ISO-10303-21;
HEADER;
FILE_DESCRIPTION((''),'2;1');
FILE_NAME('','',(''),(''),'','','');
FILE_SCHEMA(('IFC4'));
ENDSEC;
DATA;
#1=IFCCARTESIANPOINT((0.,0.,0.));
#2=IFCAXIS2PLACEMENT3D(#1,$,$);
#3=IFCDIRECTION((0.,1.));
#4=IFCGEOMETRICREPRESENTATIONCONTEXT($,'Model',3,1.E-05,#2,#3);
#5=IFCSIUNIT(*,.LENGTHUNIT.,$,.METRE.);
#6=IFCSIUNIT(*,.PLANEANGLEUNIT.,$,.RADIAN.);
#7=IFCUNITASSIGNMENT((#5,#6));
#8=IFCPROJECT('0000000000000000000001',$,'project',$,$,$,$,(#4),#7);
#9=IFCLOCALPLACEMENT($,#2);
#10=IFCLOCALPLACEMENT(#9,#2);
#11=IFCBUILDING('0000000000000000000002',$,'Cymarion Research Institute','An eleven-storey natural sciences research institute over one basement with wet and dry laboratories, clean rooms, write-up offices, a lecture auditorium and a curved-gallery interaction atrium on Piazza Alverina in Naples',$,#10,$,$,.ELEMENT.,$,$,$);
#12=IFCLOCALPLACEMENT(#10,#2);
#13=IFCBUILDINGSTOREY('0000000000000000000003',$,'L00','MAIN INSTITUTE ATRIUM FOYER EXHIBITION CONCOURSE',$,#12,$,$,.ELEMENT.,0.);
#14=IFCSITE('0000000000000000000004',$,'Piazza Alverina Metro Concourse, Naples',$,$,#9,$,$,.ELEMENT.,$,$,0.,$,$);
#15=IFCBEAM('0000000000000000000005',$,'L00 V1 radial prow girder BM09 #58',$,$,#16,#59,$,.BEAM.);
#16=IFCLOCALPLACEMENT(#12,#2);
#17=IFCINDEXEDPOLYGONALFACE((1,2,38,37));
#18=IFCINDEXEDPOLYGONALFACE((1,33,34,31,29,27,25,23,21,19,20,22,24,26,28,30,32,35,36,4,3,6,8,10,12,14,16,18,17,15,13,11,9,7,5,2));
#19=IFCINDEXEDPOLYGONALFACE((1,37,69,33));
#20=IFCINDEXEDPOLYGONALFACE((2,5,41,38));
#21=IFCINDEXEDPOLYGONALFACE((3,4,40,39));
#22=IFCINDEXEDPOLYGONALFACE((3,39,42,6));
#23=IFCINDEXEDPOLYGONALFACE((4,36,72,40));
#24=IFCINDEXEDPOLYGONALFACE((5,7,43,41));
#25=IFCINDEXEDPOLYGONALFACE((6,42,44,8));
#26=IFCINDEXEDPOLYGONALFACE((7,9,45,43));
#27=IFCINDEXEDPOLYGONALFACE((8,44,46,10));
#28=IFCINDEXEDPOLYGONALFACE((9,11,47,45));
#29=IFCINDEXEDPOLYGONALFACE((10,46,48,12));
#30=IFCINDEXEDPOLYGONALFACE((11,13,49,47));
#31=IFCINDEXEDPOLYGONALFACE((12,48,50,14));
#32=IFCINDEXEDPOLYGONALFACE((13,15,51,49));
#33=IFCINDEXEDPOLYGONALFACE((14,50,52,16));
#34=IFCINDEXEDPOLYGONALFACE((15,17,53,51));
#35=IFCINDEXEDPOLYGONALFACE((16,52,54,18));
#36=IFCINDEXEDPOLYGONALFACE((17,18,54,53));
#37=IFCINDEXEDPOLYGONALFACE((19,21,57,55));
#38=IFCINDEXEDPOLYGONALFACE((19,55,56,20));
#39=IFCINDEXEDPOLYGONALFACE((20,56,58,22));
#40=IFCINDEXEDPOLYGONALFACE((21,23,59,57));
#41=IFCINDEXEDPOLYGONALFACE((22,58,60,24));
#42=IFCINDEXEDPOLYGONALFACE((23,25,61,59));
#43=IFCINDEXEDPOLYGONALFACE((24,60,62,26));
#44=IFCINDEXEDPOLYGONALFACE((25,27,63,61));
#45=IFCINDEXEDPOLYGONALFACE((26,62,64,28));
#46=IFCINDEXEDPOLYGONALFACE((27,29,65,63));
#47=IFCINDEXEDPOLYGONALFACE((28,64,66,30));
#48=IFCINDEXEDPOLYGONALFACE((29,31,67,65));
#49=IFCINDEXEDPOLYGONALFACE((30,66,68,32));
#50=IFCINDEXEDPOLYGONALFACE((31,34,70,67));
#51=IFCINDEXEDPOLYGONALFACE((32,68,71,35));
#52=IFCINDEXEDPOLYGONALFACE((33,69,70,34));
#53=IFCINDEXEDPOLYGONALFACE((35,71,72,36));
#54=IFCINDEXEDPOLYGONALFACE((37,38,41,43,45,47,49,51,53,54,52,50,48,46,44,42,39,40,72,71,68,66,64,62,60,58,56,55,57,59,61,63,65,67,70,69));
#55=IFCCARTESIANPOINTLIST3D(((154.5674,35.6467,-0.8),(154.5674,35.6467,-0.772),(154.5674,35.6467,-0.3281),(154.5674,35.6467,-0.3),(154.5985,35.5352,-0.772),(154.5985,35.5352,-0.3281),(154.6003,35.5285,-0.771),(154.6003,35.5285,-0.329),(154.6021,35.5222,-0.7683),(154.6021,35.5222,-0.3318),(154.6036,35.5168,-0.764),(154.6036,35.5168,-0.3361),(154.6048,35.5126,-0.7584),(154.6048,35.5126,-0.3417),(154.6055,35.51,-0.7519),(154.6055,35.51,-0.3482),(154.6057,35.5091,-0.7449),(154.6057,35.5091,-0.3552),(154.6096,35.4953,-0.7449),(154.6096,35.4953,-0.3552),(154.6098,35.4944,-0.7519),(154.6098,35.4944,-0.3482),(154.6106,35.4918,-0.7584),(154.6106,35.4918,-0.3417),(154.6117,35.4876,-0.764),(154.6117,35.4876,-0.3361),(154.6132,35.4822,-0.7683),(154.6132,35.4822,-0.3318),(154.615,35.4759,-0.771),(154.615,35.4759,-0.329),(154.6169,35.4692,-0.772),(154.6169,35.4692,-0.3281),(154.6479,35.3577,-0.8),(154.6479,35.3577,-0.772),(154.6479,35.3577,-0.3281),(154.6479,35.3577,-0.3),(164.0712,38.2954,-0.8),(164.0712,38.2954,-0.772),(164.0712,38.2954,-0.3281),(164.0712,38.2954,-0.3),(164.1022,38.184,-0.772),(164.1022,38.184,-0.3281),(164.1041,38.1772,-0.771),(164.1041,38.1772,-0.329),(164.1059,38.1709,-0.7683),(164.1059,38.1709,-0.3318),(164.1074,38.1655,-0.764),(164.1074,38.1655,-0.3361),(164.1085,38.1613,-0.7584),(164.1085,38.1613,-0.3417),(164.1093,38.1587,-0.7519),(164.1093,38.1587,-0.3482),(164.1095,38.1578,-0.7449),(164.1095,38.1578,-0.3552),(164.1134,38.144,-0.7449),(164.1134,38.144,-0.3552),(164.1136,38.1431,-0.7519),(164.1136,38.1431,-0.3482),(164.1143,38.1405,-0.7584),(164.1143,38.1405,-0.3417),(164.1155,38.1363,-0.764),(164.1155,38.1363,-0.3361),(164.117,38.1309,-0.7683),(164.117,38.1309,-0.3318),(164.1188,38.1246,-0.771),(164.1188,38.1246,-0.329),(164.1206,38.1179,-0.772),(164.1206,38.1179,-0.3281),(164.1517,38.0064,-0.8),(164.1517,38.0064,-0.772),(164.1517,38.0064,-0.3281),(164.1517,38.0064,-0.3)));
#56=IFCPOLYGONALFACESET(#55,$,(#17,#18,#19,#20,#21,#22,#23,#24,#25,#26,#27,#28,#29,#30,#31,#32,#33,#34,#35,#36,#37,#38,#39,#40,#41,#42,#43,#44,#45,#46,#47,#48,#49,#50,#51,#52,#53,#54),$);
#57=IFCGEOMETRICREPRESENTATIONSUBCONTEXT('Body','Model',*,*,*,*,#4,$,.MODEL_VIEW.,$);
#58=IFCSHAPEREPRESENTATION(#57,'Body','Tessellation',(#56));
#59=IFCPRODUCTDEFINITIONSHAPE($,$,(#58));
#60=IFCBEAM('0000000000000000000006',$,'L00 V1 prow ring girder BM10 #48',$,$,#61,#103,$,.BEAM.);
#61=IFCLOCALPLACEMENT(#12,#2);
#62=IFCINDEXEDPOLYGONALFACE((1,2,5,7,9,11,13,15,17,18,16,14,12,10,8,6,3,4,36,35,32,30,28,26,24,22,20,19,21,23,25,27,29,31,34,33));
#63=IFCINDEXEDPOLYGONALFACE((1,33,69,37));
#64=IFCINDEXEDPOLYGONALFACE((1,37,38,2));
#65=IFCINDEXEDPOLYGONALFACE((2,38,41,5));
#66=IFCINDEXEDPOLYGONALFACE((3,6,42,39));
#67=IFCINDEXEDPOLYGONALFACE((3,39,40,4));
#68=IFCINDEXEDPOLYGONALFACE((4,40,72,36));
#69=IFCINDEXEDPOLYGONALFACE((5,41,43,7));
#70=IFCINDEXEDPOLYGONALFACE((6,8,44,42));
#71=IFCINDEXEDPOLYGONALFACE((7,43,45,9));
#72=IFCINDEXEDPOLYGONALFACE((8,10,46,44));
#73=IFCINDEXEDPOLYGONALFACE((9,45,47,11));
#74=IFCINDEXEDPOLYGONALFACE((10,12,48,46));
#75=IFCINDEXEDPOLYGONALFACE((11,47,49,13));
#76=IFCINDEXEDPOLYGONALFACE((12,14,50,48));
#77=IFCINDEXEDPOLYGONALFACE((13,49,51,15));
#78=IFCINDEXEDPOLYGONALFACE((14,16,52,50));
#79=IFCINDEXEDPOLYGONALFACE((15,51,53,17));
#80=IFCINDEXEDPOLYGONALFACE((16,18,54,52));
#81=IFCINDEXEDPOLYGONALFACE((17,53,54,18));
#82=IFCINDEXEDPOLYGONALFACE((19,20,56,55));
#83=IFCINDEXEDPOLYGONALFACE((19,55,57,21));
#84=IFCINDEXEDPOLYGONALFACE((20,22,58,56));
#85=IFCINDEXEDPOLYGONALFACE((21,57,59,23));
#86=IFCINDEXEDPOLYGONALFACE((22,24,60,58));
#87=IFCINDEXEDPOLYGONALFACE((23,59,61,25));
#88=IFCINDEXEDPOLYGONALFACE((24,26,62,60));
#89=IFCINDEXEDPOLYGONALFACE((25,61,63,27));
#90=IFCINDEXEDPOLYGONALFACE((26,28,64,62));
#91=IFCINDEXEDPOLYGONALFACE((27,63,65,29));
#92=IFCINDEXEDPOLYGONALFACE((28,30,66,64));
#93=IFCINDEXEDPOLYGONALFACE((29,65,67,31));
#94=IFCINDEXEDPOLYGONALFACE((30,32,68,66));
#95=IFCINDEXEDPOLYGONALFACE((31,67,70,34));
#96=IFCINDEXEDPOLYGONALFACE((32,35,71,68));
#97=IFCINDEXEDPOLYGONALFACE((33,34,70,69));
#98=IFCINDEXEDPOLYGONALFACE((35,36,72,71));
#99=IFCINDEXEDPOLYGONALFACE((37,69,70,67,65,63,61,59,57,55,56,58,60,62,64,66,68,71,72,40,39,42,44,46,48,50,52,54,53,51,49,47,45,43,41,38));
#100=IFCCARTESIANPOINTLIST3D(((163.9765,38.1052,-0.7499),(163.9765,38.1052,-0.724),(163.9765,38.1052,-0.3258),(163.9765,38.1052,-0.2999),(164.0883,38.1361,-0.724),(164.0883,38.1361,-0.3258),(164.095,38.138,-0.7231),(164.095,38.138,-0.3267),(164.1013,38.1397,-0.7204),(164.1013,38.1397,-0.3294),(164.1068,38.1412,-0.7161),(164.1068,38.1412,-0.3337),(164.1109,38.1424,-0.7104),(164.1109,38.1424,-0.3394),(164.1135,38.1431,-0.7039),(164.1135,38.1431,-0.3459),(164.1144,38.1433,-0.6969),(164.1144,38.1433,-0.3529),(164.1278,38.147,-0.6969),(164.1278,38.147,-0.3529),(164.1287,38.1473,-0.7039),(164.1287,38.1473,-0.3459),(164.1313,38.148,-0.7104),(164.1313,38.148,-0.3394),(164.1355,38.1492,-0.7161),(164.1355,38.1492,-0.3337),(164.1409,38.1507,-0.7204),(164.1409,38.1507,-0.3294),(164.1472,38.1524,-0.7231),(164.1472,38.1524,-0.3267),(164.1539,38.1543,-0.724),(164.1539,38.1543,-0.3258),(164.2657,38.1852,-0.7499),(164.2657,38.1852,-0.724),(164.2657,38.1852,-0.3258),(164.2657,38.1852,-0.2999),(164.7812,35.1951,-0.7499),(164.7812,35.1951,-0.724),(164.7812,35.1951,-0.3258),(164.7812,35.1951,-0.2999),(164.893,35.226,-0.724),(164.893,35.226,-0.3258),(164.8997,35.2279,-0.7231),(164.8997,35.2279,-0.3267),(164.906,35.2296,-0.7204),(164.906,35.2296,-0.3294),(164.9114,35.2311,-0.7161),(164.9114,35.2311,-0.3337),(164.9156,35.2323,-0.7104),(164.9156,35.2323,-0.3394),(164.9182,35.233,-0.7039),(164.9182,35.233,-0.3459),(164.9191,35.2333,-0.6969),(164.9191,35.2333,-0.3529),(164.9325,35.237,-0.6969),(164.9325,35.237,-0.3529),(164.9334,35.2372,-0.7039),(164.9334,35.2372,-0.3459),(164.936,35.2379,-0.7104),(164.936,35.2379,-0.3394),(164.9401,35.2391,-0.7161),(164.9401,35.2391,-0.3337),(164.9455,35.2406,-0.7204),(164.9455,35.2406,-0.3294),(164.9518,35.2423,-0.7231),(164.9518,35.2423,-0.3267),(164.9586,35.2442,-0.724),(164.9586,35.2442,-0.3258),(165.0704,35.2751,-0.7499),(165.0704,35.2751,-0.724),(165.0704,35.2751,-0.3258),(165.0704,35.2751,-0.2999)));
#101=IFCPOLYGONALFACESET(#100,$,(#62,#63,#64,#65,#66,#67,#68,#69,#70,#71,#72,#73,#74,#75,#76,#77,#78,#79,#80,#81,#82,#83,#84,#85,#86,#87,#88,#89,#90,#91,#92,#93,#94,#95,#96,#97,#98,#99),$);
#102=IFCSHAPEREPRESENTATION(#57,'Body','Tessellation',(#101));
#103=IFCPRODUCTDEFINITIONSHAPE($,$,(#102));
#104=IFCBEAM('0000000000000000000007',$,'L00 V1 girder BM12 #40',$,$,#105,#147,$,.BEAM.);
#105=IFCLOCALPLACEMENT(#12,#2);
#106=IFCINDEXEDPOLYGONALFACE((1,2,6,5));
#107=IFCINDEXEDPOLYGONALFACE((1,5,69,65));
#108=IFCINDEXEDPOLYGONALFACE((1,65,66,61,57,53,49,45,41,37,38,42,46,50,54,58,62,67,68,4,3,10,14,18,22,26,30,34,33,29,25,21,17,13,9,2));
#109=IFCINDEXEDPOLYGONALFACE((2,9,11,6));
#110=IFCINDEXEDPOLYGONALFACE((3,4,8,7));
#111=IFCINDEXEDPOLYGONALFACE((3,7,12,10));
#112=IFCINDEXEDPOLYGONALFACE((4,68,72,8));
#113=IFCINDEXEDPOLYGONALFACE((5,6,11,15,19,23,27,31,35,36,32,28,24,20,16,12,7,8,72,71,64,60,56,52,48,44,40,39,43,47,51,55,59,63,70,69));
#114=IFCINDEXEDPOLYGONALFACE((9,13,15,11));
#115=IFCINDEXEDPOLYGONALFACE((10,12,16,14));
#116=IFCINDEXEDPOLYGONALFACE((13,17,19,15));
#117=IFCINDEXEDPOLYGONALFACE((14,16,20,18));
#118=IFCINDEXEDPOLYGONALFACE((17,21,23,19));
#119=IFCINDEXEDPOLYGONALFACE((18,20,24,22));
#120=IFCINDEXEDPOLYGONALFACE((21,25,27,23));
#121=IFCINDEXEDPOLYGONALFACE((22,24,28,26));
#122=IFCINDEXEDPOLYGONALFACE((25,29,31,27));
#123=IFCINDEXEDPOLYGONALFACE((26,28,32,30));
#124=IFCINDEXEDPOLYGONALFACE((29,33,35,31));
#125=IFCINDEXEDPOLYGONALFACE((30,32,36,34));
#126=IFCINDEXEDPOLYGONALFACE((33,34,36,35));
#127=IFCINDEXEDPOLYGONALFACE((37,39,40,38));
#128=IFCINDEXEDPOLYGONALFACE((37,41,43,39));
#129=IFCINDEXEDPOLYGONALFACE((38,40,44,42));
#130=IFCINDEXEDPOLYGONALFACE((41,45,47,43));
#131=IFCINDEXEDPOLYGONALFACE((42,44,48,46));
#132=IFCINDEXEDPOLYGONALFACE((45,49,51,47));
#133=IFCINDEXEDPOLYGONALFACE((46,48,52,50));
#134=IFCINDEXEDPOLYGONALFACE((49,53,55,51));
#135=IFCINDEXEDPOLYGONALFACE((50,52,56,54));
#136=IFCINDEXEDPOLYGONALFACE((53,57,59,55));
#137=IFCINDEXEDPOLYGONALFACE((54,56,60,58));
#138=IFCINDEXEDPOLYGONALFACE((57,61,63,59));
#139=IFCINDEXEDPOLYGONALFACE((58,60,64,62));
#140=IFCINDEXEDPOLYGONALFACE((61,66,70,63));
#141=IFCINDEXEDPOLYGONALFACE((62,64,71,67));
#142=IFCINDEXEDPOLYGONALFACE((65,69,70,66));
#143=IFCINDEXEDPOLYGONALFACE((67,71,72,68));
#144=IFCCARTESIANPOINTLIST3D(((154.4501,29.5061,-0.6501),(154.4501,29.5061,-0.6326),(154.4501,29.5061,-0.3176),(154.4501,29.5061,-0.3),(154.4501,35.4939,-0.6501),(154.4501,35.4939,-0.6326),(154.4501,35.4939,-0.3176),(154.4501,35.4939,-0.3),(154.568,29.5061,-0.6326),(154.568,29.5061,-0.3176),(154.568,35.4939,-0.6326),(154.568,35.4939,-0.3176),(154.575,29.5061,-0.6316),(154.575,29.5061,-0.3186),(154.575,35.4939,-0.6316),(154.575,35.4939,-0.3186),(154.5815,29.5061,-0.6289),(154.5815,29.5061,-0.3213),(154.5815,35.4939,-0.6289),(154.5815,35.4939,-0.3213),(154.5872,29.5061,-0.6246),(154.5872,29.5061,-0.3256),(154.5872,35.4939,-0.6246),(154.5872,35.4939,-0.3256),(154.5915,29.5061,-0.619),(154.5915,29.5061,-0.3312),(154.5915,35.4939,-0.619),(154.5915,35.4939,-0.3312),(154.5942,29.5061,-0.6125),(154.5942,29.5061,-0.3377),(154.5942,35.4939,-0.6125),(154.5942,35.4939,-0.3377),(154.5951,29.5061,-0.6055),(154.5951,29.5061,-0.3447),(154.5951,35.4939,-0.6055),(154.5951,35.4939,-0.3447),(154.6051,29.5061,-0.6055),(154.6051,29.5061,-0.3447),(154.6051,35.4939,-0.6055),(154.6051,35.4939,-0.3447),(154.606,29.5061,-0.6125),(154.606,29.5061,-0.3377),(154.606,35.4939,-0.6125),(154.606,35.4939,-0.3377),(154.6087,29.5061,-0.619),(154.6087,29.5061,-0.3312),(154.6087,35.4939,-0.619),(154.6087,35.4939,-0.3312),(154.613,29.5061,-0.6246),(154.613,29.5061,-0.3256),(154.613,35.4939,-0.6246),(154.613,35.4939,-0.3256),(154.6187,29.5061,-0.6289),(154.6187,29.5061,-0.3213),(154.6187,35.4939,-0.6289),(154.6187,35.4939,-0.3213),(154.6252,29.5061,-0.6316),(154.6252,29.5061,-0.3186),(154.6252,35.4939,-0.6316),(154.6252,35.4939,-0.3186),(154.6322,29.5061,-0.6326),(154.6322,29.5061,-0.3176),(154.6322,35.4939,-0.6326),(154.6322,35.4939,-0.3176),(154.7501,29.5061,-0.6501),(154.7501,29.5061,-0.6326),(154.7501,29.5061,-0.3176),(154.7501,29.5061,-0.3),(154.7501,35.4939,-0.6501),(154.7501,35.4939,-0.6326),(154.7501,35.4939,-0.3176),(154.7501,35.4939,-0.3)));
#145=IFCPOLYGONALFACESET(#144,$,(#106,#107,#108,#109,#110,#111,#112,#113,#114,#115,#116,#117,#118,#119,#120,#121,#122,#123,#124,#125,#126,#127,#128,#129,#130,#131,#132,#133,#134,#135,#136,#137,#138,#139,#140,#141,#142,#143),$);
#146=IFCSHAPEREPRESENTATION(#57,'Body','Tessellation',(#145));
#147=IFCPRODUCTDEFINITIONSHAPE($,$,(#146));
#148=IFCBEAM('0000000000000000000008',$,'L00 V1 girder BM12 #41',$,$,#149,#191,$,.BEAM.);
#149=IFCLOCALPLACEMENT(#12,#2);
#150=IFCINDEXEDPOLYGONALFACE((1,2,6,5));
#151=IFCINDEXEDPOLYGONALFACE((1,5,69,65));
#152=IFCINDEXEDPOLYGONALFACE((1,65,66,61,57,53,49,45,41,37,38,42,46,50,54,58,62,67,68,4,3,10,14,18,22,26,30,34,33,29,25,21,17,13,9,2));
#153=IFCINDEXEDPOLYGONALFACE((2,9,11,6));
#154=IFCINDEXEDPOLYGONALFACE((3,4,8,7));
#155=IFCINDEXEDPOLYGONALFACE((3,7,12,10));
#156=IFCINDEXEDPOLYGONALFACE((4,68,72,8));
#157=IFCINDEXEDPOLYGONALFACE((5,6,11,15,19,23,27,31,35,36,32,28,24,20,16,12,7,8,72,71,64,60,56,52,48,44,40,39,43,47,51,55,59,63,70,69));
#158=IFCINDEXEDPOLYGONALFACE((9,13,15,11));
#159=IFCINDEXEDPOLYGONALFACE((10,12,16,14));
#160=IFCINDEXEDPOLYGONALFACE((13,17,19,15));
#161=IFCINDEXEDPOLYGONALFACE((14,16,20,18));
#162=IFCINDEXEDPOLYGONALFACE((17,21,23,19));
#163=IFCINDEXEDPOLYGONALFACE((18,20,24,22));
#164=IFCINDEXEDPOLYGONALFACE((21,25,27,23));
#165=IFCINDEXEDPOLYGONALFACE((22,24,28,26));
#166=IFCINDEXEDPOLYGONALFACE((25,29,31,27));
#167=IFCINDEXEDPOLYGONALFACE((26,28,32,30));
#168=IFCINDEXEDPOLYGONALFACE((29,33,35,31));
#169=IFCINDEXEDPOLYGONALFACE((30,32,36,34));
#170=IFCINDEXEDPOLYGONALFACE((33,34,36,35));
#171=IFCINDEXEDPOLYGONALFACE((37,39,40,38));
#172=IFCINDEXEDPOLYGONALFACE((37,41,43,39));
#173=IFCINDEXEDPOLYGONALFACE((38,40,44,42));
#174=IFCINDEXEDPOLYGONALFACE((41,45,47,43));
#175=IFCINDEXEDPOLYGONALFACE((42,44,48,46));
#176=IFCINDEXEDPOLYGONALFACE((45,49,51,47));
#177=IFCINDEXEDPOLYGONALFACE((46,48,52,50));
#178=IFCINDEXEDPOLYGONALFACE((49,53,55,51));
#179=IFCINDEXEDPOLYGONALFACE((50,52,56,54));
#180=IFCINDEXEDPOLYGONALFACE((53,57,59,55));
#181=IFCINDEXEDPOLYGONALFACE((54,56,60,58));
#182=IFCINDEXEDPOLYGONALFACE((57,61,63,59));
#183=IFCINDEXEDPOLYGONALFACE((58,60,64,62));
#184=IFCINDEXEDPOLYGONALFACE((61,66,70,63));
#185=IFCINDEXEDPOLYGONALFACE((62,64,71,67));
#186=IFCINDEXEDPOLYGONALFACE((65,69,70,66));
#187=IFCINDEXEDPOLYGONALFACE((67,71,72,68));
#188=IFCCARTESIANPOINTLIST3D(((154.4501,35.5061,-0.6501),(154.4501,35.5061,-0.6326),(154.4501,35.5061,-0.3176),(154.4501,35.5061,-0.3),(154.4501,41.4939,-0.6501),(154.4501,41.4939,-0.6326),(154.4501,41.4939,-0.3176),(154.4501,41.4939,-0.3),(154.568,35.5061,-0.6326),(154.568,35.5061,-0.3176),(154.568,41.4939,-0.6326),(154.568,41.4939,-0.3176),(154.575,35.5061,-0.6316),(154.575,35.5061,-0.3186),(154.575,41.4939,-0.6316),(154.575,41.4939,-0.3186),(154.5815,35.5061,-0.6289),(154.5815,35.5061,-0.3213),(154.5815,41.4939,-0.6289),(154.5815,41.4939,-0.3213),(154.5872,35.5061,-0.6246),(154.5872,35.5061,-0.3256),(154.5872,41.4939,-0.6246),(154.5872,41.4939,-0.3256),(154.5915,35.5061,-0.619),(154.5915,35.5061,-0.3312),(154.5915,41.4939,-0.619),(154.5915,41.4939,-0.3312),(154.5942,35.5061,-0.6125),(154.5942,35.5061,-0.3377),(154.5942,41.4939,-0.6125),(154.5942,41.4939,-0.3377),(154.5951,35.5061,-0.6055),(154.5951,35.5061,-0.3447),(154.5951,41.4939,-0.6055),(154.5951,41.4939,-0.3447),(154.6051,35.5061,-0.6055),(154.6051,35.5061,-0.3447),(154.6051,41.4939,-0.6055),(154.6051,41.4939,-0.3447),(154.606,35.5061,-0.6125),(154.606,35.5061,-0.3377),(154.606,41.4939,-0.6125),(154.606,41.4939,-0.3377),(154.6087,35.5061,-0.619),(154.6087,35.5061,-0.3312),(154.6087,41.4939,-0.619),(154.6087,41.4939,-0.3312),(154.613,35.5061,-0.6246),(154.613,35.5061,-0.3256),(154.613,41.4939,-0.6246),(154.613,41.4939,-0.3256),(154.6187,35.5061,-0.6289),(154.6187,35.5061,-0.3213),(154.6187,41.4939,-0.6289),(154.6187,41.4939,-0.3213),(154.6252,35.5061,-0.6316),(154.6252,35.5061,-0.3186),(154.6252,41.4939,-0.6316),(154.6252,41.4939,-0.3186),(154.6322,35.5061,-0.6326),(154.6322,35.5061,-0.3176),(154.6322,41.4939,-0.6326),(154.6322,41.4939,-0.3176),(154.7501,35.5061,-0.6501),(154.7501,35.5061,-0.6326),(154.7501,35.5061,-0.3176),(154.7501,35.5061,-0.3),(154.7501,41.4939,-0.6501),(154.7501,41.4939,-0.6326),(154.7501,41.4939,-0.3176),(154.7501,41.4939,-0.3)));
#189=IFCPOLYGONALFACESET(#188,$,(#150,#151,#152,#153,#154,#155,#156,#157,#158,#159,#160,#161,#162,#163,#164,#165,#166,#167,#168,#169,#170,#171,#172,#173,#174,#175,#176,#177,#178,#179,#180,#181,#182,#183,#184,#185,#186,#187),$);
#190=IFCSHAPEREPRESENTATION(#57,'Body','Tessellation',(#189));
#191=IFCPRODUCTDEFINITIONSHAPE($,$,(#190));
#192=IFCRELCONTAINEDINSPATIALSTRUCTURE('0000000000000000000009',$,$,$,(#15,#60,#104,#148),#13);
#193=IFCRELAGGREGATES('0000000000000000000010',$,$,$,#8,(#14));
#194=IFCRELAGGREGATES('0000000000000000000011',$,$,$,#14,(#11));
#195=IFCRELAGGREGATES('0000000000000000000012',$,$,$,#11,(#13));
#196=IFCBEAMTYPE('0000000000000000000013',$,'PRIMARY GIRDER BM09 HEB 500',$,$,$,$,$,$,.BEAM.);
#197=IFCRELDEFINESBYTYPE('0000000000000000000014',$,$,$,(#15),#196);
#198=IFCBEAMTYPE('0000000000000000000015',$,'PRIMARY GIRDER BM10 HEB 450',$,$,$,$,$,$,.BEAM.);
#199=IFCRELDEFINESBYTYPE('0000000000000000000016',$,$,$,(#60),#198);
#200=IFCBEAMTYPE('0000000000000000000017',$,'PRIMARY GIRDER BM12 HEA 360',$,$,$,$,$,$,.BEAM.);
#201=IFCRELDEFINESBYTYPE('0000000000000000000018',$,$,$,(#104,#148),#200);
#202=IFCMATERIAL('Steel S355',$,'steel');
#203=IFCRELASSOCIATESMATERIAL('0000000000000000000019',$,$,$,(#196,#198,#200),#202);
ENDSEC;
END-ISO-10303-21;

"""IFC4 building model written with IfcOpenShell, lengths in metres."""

from ifc_helpers import new_model, si_unit, direction, frame, origin, origin_2d, place, context, subcontext, project, spatial, i_section, extrude, material, material_profile, profile_set, type_object, element, save


model = new_model("IFC4")

# Units and contexts
model_context = context("Model", 3, precision=1e-05, world=origin(), true_north=direction((0.0, 1.0)))
body_context = subcontext(model_context, "Body", "Model", "MODEL_VIEW")
ifc_project = project(units=[si_unit("LENGTHUNIT", "METRE"), si_unit("PLANEANGLEUNIT", "RADIAN")], contexts=[model_context])

# Site, building, storey
site_placement = place(None, origin())
site = spatial("IfcSite", under=ifc_project, at=site_placement, Name="Piazza Alverina Metro Concourse, Naples", CompositionType="ELEMENT", RefElevation=0.0)
building_placement = place(site_placement, origin())
building = spatial("IfcBuilding", under=site, at=building_placement, Name="Cymarion Research Institute", Description="An eleven-storey natural sciences research institute over one basement with wet and dry laboratories, clean rooms, write-up offices, a lecture auditorium and a curved-gallery interaction atrium on Piazza Alverina in Naples", CompositionType="ELEMENT")
storey_placement = place(building_placement, origin())
storey = spatial("IfcBuildingStorey", under=building, at=storey_placement, Name="L00", Description="MAIN INSTITUTE ATRIUM FOYER EXHIBITION CONCOURSE", CompositionType="ELEMENT", Elevation=0.0)

# Shared definitions
ifc_material_1 = material(Name="Steel S355", Category="steel")

# Beams
ifc_material_profile_1 = material_profile(ifc_material_1, i_section(OverallWidth=0.3, OverallDepth=0.5, WebThickness=0.0144, FlangeThickness=0.0281, FilletRadius=0.0271, at=origin_2d()), Name="HEB 500")
ifc_profile_set_1 = profile_set([ifc_material_profile_1], Name="Steel S355")
beam_type_1 = type_object("IfcBeamType", Name="PRIMARY GIRDER BM09 HEB 500", PredefinedType="BEAM", material=ifc_profile_set_1)
beam_1_placement = place(storey_placement, frame((154.6077, 35.5022, -0.55), z_axis=(0.963288, 0.26847, 0.0), x_axis=(-0.26847, 0.963288, 0.0)))
element("IfcBeam", 1, at=beam_1_placement, inside=storey, type_object=beam_type_1, Name="L00 V1 radial prow girder BM09 #58", PredefinedType="BEAM", context=body_context, shape_type="SweptSolid", body=[
    extrude(i_section(OverallWidth=0.3, OverallDepth=0.5, WebThickness=0.0144, FlangeThickness=0.0281, FilletRadius=0.0271, at=origin_2d()), origin(), (0.0, 0.0, 1.0), 9.866),
])
ifc_material_profile_2 = material_profile(ifc_material_1, i_section(OverallWidth=0.3, OverallDepth=0.45, WebThickness=0.0139, FlangeThickness=0.0259, FilletRadius=0.0271, at=origin_2d()), Name="HEB 450")
ifc_profile_set_2 = profile_set([ifc_material_profile_2], Name="Steel S355")
beam_type_2 = type_object("IfcBeamType", Name="PRIMARY GIRDER BM10 HEB 450", PredefinedType="BEAM", material=ifc_profile_set_2)
beam_2_placement = place(storey_placement, frame((164.9258, 35.2351, -0.5249), z_axis=(-0.266509, 0.963832, 0.0), x_axis=(-0.963832, -0.266509, 0.0)))
element("IfcBeam", 2, at=beam_2_placement, inside=storey, type_object=beam_type_2, Name="L00 V1 prow ring girder BM10 #48", PredefinedType="BEAM", context=body_context, shape_type="SweptSolid", body=[
    extrude(i_section(OverallWidth=0.3, OverallDepth=0.45, WebThickness=0.0139, FlangeThickness=0.0259, FilletRadius=0.0271, at=origin_2d()), origin(), (0.0, 0.0, 1.0), 3.0193),
])
ifc_material_profile_3 = material_profile(ifc_material_1, i_section(OverallWidth=0.3, OverallDepth=0.3501, WebThickness=0.01, FlangeThickness=0.0176, FilletRadius=0.0271, at=origin_2d()), Name="HEA 360")
ifc_profile_set_3 = profile_set([ifc_material_profile_3], Name="Steel S355")
beam_type_3 = type_object("IfcBeamType", Name="PRIMARY GIRDER BM12 HEA 360", PredefinedType="BEAM", material=ifc_profile_set_3)
for number, where, z_axis, x_axis, name in (
    (3, (154.6001, 29.5061, -0.4751), (0.0, 1.0, 0.0), (-1.0, 0.0, 0.0), "L00 V1 girder BM12 #40"),
    (4, (154.6001, 35.5061, -0.4751), (0.0, 1.0, 0.0), (-1.0, 0.0, 0.0), "L00 V1 girder BM12 #41"),
):
    element("IfcBeam", number, at=place(storey_placement, frame(where, z_axis=z_axis, x_axis=x_axis)), inside=storey, type_object=beam_type_3, Name=name, PredefinedType="BEAM", context=body_context, shape_type="SweptSolid", body=[
        extrude(i_section(OverallWidth=0.3, OverallDepth=0.3501, WebThickness=0.01, FlangeThickness=0.0176, FilletRadius=0.0271, at=origin_2d()), origin(), (0.0, 0.0, 1.0), 5.9878),
    ])

save(model, "model.ifc")
